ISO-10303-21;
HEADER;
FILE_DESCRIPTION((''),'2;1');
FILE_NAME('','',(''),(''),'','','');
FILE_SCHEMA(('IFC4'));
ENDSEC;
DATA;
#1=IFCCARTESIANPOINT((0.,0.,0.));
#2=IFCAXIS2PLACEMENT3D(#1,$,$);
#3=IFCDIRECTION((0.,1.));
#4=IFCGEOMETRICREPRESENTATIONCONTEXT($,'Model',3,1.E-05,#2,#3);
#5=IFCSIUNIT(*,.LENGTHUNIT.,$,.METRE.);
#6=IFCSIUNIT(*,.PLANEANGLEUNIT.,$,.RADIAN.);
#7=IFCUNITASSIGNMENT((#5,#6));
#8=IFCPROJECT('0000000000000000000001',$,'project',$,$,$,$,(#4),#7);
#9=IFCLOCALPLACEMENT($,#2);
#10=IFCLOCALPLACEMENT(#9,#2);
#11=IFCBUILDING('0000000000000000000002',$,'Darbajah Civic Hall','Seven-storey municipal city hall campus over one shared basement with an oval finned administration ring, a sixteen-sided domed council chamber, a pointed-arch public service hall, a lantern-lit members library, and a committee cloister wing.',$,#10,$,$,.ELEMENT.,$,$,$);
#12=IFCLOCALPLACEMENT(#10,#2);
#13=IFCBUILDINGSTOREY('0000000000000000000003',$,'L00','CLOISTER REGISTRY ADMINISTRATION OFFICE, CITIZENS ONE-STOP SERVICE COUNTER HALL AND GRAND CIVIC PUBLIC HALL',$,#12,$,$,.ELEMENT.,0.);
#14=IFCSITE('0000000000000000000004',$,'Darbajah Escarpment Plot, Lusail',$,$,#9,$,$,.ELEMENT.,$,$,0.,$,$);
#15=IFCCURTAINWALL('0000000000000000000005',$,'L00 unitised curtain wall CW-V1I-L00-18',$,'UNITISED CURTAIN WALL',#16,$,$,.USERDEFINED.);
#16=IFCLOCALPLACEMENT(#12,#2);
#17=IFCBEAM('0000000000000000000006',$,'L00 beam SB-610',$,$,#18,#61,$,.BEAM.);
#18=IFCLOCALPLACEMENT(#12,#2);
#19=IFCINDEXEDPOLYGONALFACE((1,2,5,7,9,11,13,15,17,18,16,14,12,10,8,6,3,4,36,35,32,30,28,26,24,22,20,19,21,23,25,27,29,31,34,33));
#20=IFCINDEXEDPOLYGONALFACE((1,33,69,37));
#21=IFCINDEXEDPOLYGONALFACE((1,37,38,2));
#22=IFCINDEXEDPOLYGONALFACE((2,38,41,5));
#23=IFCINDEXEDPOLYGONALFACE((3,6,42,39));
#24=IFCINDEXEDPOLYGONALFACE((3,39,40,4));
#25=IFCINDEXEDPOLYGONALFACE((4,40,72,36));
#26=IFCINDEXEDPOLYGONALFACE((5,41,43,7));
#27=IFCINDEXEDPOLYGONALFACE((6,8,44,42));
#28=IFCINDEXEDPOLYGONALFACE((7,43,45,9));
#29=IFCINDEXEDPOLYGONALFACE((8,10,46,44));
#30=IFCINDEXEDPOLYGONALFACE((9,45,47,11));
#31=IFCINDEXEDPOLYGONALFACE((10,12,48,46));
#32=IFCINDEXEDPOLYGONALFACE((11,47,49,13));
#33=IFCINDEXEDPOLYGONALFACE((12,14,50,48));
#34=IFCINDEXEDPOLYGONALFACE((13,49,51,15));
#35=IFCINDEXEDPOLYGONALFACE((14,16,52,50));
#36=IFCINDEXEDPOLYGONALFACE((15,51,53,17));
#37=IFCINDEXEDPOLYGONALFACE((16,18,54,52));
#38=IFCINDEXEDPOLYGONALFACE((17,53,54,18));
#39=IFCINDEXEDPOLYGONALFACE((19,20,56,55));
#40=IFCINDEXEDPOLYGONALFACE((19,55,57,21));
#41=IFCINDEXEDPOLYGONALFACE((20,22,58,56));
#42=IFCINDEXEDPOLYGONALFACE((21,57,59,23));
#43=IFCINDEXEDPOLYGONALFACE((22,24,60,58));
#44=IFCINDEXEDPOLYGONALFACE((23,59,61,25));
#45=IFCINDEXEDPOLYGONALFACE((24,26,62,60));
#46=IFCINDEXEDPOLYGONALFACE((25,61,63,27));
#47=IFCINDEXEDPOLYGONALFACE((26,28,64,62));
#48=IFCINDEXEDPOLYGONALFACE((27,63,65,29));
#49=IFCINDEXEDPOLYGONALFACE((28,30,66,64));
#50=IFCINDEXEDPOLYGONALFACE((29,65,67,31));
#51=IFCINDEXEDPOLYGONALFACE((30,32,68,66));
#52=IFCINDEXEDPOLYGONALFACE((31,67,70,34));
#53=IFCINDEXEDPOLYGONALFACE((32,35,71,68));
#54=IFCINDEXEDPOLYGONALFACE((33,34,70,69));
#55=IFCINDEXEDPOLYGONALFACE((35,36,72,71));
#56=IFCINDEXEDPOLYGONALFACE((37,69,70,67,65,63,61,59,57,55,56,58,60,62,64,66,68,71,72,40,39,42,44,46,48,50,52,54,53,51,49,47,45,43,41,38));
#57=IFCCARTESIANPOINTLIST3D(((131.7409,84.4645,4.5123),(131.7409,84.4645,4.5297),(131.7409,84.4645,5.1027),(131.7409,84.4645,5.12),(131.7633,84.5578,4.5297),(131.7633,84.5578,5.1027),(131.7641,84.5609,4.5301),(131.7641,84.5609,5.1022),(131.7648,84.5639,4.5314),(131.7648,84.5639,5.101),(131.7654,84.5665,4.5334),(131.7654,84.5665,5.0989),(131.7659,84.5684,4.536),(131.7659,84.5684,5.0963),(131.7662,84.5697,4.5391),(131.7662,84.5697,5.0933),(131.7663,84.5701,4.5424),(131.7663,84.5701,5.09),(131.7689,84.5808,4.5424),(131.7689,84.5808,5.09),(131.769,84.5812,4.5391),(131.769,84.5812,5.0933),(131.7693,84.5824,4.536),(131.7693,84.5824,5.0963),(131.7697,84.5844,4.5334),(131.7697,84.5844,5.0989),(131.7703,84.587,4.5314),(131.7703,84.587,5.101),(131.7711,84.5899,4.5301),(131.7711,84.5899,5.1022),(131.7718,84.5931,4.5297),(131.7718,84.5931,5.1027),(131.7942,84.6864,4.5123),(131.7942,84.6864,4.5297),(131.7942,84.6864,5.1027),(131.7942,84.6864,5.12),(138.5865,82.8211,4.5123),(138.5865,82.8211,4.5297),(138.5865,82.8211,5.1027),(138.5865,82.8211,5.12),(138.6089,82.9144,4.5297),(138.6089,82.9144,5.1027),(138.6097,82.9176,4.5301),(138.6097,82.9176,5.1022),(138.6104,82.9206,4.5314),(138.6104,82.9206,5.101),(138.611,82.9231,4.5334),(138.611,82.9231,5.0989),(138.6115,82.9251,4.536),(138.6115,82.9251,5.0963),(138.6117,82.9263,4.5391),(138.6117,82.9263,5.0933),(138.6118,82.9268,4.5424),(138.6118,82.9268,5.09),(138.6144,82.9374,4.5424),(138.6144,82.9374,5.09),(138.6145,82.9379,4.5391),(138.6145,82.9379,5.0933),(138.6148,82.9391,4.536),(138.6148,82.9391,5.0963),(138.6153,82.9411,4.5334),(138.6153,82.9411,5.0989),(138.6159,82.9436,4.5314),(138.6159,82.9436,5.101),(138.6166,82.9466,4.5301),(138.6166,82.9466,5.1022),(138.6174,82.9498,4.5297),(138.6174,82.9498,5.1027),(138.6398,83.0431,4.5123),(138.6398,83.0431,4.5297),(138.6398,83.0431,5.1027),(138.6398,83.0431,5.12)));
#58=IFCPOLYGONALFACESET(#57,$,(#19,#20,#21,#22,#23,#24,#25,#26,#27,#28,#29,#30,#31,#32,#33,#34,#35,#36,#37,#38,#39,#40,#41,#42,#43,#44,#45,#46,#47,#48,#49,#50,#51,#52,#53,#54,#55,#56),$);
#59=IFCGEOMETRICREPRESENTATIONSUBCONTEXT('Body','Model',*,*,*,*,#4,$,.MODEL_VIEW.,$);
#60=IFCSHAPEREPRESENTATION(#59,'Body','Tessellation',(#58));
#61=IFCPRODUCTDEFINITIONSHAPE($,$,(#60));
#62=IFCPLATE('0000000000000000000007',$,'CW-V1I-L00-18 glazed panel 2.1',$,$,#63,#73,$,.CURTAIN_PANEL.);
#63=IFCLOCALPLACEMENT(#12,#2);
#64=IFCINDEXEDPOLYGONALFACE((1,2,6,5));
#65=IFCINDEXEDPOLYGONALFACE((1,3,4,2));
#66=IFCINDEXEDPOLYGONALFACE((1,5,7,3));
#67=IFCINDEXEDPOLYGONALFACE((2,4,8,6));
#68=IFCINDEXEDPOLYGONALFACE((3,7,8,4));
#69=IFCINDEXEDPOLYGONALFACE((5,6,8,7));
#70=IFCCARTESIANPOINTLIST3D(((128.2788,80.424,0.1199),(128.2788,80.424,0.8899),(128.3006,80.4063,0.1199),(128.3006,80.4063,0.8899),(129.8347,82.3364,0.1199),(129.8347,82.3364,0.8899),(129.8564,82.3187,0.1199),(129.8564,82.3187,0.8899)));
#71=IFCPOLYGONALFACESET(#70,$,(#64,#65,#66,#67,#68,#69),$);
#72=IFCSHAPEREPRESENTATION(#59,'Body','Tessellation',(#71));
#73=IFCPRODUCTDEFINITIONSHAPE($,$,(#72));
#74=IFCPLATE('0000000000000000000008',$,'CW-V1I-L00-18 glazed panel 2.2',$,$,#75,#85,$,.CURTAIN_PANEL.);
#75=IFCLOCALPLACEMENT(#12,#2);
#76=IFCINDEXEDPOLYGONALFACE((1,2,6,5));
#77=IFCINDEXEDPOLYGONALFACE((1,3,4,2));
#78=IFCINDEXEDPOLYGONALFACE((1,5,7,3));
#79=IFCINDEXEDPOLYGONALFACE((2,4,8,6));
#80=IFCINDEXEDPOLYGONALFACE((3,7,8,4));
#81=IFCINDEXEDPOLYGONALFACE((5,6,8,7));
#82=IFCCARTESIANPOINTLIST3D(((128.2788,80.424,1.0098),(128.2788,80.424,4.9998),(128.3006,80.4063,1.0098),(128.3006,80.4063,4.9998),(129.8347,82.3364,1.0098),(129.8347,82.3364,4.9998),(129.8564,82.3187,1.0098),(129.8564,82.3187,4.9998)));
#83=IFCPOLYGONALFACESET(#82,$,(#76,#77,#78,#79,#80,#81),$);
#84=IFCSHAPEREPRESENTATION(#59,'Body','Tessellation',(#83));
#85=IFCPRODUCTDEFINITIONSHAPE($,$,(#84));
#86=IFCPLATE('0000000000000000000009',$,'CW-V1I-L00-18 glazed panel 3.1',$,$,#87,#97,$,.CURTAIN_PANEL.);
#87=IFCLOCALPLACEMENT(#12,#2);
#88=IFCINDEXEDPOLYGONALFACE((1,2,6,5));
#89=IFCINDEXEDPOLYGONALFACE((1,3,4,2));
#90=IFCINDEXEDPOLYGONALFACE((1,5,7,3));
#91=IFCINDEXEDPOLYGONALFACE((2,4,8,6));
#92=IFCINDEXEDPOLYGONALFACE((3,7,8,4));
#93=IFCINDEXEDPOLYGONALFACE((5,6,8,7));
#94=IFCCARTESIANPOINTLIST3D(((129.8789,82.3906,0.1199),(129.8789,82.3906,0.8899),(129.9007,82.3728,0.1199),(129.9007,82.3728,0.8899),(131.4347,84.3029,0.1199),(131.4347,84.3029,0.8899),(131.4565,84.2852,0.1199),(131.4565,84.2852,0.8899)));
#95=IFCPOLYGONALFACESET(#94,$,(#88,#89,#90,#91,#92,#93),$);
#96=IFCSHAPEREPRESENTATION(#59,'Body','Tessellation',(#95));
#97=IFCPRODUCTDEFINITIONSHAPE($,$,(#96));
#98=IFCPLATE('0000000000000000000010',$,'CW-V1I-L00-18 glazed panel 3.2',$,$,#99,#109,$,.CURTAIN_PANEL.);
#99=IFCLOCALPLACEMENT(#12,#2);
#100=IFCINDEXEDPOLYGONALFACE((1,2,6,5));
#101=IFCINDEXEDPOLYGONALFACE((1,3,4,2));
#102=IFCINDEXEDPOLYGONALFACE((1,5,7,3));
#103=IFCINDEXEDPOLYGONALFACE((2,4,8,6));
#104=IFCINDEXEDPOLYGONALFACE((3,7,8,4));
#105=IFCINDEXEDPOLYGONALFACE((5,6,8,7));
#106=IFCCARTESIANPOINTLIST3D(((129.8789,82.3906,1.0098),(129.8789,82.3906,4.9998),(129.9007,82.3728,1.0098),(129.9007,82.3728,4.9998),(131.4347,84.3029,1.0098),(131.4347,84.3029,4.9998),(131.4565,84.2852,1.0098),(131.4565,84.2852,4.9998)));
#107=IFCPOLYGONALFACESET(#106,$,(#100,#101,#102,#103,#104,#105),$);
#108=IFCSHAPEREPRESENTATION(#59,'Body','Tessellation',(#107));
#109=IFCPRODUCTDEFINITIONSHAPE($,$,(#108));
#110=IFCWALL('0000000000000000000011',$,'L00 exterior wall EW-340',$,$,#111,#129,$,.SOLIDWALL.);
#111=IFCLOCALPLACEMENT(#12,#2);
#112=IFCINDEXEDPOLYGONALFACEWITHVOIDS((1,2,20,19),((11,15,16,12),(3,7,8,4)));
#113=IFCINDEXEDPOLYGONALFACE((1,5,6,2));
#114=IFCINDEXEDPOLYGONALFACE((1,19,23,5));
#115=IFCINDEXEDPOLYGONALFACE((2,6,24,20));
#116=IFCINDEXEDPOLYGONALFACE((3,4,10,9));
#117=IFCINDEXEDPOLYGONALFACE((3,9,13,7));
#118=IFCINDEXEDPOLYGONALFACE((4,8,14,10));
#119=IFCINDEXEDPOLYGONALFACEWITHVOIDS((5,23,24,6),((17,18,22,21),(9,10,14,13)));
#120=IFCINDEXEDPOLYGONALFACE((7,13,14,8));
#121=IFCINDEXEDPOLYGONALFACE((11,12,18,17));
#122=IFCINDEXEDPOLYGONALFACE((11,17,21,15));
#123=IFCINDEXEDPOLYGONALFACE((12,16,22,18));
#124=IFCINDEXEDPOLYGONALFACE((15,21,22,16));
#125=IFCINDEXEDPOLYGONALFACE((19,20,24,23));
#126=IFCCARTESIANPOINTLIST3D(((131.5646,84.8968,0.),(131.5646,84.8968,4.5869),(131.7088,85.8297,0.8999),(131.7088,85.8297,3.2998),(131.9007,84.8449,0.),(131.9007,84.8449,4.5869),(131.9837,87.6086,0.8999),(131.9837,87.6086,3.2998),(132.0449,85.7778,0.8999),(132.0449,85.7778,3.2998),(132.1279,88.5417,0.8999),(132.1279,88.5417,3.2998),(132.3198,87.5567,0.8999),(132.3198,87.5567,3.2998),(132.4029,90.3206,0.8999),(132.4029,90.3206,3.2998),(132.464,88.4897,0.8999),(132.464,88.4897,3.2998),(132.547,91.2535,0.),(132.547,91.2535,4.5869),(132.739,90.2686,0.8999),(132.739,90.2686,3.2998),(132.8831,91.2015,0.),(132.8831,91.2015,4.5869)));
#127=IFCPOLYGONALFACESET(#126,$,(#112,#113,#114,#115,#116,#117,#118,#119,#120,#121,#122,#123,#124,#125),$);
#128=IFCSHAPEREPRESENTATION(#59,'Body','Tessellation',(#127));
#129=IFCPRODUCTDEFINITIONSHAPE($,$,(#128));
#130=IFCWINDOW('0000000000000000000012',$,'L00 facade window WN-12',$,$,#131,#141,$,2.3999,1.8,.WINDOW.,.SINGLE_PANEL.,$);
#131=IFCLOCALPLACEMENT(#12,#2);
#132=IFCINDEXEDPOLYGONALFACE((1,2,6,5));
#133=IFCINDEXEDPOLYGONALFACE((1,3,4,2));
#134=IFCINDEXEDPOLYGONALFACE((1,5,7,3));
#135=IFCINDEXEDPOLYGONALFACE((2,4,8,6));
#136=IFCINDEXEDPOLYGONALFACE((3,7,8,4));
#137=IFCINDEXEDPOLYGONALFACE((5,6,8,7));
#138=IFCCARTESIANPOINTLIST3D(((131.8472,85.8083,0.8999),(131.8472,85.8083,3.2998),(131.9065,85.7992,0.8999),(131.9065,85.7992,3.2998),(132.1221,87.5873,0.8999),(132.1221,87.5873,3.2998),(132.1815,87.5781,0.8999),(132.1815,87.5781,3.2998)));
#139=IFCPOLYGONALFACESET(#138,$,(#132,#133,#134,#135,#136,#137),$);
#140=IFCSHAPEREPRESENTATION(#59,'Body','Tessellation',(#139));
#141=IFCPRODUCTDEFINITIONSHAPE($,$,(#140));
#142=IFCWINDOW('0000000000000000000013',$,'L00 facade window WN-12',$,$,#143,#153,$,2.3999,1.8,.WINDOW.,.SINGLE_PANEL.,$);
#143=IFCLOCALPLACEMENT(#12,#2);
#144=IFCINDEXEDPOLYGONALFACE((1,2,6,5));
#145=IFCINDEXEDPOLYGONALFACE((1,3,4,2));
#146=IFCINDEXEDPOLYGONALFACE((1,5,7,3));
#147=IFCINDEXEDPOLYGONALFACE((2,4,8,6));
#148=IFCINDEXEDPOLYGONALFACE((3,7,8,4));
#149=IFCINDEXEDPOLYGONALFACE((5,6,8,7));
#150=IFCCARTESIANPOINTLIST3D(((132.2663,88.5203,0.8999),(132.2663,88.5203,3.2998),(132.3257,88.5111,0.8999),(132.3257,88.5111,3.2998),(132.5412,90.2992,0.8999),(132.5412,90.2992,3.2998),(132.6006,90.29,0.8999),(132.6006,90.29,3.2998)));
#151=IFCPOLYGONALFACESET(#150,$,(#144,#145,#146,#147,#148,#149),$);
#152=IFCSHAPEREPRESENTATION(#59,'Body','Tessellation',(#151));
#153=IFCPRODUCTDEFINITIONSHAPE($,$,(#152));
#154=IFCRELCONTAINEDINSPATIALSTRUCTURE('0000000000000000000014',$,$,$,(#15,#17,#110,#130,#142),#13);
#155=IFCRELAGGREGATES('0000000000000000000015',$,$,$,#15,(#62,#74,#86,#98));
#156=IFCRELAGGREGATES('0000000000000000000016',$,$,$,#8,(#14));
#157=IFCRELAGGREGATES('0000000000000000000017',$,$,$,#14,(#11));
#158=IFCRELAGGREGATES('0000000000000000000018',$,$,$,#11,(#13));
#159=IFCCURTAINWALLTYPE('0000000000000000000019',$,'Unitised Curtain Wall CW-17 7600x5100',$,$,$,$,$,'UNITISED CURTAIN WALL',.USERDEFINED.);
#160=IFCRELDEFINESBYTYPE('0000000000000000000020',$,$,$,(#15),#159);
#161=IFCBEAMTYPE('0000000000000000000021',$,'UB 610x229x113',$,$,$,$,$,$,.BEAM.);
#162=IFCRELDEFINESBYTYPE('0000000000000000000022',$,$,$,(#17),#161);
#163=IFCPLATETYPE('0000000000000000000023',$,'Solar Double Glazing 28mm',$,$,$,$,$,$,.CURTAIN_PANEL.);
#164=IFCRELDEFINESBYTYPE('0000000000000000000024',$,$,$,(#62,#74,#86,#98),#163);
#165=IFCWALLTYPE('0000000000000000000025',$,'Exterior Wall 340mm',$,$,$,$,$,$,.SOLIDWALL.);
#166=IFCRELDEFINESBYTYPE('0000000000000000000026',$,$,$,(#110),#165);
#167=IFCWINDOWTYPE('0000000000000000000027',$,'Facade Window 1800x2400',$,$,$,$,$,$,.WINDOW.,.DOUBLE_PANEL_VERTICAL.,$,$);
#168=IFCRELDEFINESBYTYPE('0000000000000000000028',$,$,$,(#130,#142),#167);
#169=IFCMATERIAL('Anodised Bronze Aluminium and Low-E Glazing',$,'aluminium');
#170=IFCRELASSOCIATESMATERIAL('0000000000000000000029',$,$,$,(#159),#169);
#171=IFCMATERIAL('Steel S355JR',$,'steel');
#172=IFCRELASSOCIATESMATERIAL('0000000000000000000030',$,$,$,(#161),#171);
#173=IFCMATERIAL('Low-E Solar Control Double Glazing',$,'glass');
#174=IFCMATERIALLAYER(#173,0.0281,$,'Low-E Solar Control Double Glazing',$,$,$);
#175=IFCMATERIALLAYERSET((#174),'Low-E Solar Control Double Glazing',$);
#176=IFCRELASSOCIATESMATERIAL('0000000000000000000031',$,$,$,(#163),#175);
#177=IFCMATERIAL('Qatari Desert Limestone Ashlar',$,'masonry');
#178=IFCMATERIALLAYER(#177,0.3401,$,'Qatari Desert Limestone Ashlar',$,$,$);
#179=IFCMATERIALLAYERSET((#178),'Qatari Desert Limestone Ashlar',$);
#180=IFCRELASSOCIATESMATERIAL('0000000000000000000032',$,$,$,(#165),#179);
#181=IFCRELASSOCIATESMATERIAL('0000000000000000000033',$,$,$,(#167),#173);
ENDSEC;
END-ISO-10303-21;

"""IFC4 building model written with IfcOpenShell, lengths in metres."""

from ifc_helpers import new_model, si_unit, direction, frame, frame_2d, origin, origin_2d, place, context, subcontext, project, spatial, rectangle, i_section, extrude, material, layer, layer_set, material_profile, profile_set, type_object, element, fill, aggregate, save


model = new_model("IFC4")

# Units and contexts
model_context = context("Model", 3, precision=1e-05, world=origin(), true_north=direction((0.0, 1.0)))
body_context = subcontext(model_context, "Body", "Model", "MODEL_VIEW")
ifc_project = project(units=[si_unit("LENGTHUNIT", "METRE"), si_unit("PLANEANGLEUNIT", "RADIAN")], contexts=[model_context])

# Site, building, storey
site_placement = place(None, origin())
site = spatial("IfcSite", under=ifc_project, at=site_placement, Name="Darbajah Escarpment Plot, Lusail", CompositionType="ELEMENT", RefElevation=0.0)
building_placement = place(site_placement, origin())
building = spatial("IfcBuilding", under=site, at=building_placement, Name="Darbajah Civic Hall", Description="Seven-storey municipal city hall campus over one shared basement with an oval finned administration ring, a sixteen-sided domed council chamber, a pointed-arch public service hall, a lantern-lit members library, and a committee cloister wing.", CompositionType="ELEMENT")
storey_placement = place(building_placement, origin())
storey = spatial("IfcBuildingStorey", under=building, at=storey_placement, Name="L00", Description="CLOISTER REGISTRY ADMINISTRATION OFFICE, CITIZENS ONE-STOP SERVICE COUNTER HALL AND GRAND CIVIC PUBLIC HALL", CompositionType="ELEMENT", Elevation=0.0)

# Curtain wall
ifc_material_1 = material(Name="Anodised Bronze Aluminium and Low-E Glazing", Category="aluminium")
curtain_wall_type = type_object("IfcCurtainWallType", Name="Unitised Curtain Wall CW-17 7600x5100", ElementType="UNITISED CURTAIN WALL", PredefinedType="USERDEFINED", material=ifc_material_1)
curtain_wall_placement = place(storey_placement, origin())
curtain_wall = element("IfcCurtainWall", 1, at=curtain_wall_placement, inside=storey, type_object=curtain_wall_type, Name="L00 unitised curtain wall CW-V1I-L00-18", ObjectType="UNITISED CURTAIN WALL", PredefinedType="USERDEFINED")

# Beam
ifc_material_2 = material(Name="Steel S355JR", Category="steel")
ifc_material_profile_1 = material_profile(ifc_material_2, i_section(OverallWidth=0.2283, OverallDepth=0.6077, WebThickness=0.011, FlangeThickness=0.0173, FilletRadius=0.0127, at=origin_2d()), Name="UB 610x229x113")
ifc_profile_set_1 = profile_set([ifc_material_profile_1], Name="Steel S355JR")
beam_type_1 = type_object("IfcBeamType", Name="UB 610x229x113", PredefinedType="BEAM", material=ifc_profile_set_1)
for number, where, z_axis, x_axis, name in (
    (2, (131.7676, 84.5754, 4.8162), (0.972374, -0.233427, 0.0), (0.233427, 0.972374, 0.0), "L00 beam SB-610"),
):
    element("IfcBeam", number, at=place(storey_placement, frame(where, z_axis=z_axis, x_axis=x_axis)), inside=storey, type_object=beam_type_1, Name=name, PredefinedType="BEAM", context=body_context, shape_type="SweptSolid", body=[
        extrude(i_section(OverallWidth=0.2283, OverallDepth=0.6077, WebThickness=0.011, FlangeThickness=0.0173, FilletRadius=0.0127, at=origin_2d()), origin(), (0.0, 0.0, 1.0), 7.04),
    ])

# Plates
ifc_material_3 = material(Name="Low-E Solar Control Double Glazing", Category="glass")
ifc_layer_1 = layer(ifc_material_3, 0.0281, Name="Low-E Solar Control Double Glazing")
ifc_layer_set_1 = layer_set([ifc_layer_1], Name="Low-E Solar Control Double Glazing")
plate_type = type_object("IfcPlateType", Name="Solar Double Glazing 28mm", PredefinedType="CURTAIN_PANEL", material=ifc_layer_set_1)
plate_1_placement = place(storey_placement, frame((129.0676, 81.3713, 0.1199), z_axis=(0.0, 0.0, 1.0), x_axis=(0.631082, 0.775716, 0.0)))
plate_1 = element("IfcPlate", 3, at=plate_1_placement, type_object=plate_type, Name="CW-V1I-L00-18 glazed panel 2.1", PredefinedType="CURTAIN_PANEL", context=body_context, shape_type="SweptSolid", body=[
    extrude(rectangle(XDim=2.4653, YDim=0.0281, at=origin_2d()), origin(), (0.0, 0.0, 1.0), 0.77),
])
plate_2_placement = place(storey_placement, frame((129.0676, 81.3713, 1.0098), z_axis=(0.0, 0.0, 1.0), x_axis=(0.631082, 0.775716, 0.0)))
plate_2 = element("IfcPlate", 4, at=plate_2_placement, type_object=plate_type, Name="CW-V1I-L00-18 glazed panel 2.2", PredefinedType="CURTAIN_PANEL", context=body_context, shape_type="SweptSolid", body=[
    extrude(rectangle(XDim=2.4653, YDim=0.0281, at=origin_2d()), origin(), (0.0, 0.0, 1.0), 3.99),
])
plate_3_placement = place(storey_placement, frame((130.6677, 83.3379, 0.1199), z_axis=(0.0, 0.0, 1.0), x_axis=(0.631082, 0.775716, 0.0)))
plate_3 = element("IfcPlate", 5, at=plate_3_placement, type_object=plate_type, Name="CW-V1I-L00-18 glazed panel 3.1", PredefinedType="CURTAIN_PANEL", context=body_context, shape_type="SweptSolid", body=[
    extrude(rectangle(XDim=2.4653, YDim=0.0281, at=origin_2d()), origin(), (0.0, 0.0, 1.0), 0.77),
])
plate_4_placement = place(storey_placement, frame((130.6677, 83.3379, 1.0098), z_axis=(0.0, 0.0, 1.0), x_axis=(0.631082, 0.775716, 0.0)))
plate_4 = element("IfcPlate", 6, at=plate_4_placement, type_object=plate_type, Name="CW-V1I-L00-18 glazed panel 3.2", PredefinedType="CURTAIN_PANEL", context=body_context, shape_type="SweptSolid", body=[
    extrude(rectangle(XDim=2.4653, YDim=0.0281, at=origin_2d()), origin(), (0.0, 0.0, 1.0), 3.99),
])
aggregate(curtain_wall, [plate_1, plate_2, plate_3, plate_4])

# Wall, openings, windows
ifc_material_4 = material(Name="Qatari Desert Limestone Ashlar", Category="masonry")
ifc_layer_2 = layer(ifc_material_4, 0.3401, Name="Qatari Desert Limestone Ashlar")
ifc_layer_set_2 = layer_set([ifc_layer_2], Name="Qatari Desert Limestone Ashlar")
wall_type_1 = type_object("IfcWallType", Name="Exterior Wall 340mm", PredefinedType="SOLIDWALL", material=ifc_layer_set_2)
wall_1_placement = place(storey_placement, frame((131.7327, 84.8708, 0.0), z_axis=(0.0, 0.0, 1.0), x_axis=(0.152736, 0.988267, 0.0)))
wall_1 = element("IfcWall", 7, at=wall_1_placement, inside=storey, type_object=wall_type_1, Name="L00 exterior wall EW-340", PredefinedType="SOLIDWALL", context=body_context, shape_type="SweptSolid", body=[
    extrude(rectangle(XDim=6.4321, YDim=0.3401, at=frame_2d((3.2161, 0.0))), origin(), (0.0, 0.0, 1.0), 4.5869),
])
opening_1_placement = place(wall_1_placement, frame((0.9441, 0.0, 0.8999)))
opening_1 = element("IfcOpeningElement", 8, at=opening_1_placement, cuts=wall_1, PredefinedType="OPENING", context=body_context, shape_type="SweptSolid", body=[
    extrude(rectangle(XDim=1.8, YDim=2.3999, at=frame_2d((0.8999, 1.2))), frame((0.0, 0.1799, 0.0), z_axis=(0.0, -1.0, 0.0), x_axis=(1.0, 0.0, 0.0)), (0.0, 0.0, 1.0), 0.3601),
])
opening_2_placement = place(wall_1_placement, frame((3.6882, 0.0, 0.8999)))
opening_2 = element("IfcOpeningElement", 9, at=opening_2_placement, cuts=wall_1, PredefinedType="OPENING", context=body_context, shape_type="SweptSolid", body=[
    extrude(rectangle(XDim=1.8, YDim=2.3999, at=frame_2d((0.8999, 1.2))), frame((0.0, 0.1799, 0.0), z_axis=(0.0, -1.0, 0.0), x_axis=(1.0, 0.0, 0.0)), (0.0, 0.0, 1.0), 0.3601),
])
window_type = type_object("IfcWindowType", Name="Facade Window 1800x2400", PartitioningType="DOUBLE_PANEL_VERTICAL", PredefinedType="WINDOW", material=ifc_material_3)
window_1_placement = place(opening_1_placement, origin())
window_1 = element("IfcWindow", 10, at=window_1_placement, inside=storey, type_object=window_type, Name="L00 facade window WN-12", OverallHeight=2.3999, OverallWidth=1.8, PartitioningType="SINGLE_PANEL", PredefinedType="WINDOW", context=body_context, shape_type="SweptSolid", body=[
    extrude(rectangle(XDim=1.8, YDim=2.3999, at=frame_2d((0.8999, 1.2))), frame((0.0, 0.03, 0.0), z_axis=(0.0, -1.0, 0.0), x_axis=(1.0, 0.0, 0.0)), (0.0, 0.0, 1.0), 0.0601),
])
fill(opening_1, window_1)
window_2_placement = place(opening_2_placement, origin())
window_2 = element("IfcWindow", 11, at=window_2_placement, inside=storey, type_object=window_type, Name="L00 facade window WN-12", OverallHeight=2.3999, OverallWidth=1.8, PartitioningType="SINGLE_PANEL", PredefinedType="WINDOW", context=body_context, shape_type="SweptSolid", body=[
    extrude(rectangle(XDim=1.8, YDim=2.3999, at=frame_2d((0.8999, 1.2))), frame((0.0, 0.03, 0.0), z_axis=(0.0, -1.0, 0.0), x_axis=(1.0, 0.0, 0.0)), (0.0, 0.0, 1.0), 0.0601),
])
fill(opening_2, window_2)

save(model, "model.ifc")
